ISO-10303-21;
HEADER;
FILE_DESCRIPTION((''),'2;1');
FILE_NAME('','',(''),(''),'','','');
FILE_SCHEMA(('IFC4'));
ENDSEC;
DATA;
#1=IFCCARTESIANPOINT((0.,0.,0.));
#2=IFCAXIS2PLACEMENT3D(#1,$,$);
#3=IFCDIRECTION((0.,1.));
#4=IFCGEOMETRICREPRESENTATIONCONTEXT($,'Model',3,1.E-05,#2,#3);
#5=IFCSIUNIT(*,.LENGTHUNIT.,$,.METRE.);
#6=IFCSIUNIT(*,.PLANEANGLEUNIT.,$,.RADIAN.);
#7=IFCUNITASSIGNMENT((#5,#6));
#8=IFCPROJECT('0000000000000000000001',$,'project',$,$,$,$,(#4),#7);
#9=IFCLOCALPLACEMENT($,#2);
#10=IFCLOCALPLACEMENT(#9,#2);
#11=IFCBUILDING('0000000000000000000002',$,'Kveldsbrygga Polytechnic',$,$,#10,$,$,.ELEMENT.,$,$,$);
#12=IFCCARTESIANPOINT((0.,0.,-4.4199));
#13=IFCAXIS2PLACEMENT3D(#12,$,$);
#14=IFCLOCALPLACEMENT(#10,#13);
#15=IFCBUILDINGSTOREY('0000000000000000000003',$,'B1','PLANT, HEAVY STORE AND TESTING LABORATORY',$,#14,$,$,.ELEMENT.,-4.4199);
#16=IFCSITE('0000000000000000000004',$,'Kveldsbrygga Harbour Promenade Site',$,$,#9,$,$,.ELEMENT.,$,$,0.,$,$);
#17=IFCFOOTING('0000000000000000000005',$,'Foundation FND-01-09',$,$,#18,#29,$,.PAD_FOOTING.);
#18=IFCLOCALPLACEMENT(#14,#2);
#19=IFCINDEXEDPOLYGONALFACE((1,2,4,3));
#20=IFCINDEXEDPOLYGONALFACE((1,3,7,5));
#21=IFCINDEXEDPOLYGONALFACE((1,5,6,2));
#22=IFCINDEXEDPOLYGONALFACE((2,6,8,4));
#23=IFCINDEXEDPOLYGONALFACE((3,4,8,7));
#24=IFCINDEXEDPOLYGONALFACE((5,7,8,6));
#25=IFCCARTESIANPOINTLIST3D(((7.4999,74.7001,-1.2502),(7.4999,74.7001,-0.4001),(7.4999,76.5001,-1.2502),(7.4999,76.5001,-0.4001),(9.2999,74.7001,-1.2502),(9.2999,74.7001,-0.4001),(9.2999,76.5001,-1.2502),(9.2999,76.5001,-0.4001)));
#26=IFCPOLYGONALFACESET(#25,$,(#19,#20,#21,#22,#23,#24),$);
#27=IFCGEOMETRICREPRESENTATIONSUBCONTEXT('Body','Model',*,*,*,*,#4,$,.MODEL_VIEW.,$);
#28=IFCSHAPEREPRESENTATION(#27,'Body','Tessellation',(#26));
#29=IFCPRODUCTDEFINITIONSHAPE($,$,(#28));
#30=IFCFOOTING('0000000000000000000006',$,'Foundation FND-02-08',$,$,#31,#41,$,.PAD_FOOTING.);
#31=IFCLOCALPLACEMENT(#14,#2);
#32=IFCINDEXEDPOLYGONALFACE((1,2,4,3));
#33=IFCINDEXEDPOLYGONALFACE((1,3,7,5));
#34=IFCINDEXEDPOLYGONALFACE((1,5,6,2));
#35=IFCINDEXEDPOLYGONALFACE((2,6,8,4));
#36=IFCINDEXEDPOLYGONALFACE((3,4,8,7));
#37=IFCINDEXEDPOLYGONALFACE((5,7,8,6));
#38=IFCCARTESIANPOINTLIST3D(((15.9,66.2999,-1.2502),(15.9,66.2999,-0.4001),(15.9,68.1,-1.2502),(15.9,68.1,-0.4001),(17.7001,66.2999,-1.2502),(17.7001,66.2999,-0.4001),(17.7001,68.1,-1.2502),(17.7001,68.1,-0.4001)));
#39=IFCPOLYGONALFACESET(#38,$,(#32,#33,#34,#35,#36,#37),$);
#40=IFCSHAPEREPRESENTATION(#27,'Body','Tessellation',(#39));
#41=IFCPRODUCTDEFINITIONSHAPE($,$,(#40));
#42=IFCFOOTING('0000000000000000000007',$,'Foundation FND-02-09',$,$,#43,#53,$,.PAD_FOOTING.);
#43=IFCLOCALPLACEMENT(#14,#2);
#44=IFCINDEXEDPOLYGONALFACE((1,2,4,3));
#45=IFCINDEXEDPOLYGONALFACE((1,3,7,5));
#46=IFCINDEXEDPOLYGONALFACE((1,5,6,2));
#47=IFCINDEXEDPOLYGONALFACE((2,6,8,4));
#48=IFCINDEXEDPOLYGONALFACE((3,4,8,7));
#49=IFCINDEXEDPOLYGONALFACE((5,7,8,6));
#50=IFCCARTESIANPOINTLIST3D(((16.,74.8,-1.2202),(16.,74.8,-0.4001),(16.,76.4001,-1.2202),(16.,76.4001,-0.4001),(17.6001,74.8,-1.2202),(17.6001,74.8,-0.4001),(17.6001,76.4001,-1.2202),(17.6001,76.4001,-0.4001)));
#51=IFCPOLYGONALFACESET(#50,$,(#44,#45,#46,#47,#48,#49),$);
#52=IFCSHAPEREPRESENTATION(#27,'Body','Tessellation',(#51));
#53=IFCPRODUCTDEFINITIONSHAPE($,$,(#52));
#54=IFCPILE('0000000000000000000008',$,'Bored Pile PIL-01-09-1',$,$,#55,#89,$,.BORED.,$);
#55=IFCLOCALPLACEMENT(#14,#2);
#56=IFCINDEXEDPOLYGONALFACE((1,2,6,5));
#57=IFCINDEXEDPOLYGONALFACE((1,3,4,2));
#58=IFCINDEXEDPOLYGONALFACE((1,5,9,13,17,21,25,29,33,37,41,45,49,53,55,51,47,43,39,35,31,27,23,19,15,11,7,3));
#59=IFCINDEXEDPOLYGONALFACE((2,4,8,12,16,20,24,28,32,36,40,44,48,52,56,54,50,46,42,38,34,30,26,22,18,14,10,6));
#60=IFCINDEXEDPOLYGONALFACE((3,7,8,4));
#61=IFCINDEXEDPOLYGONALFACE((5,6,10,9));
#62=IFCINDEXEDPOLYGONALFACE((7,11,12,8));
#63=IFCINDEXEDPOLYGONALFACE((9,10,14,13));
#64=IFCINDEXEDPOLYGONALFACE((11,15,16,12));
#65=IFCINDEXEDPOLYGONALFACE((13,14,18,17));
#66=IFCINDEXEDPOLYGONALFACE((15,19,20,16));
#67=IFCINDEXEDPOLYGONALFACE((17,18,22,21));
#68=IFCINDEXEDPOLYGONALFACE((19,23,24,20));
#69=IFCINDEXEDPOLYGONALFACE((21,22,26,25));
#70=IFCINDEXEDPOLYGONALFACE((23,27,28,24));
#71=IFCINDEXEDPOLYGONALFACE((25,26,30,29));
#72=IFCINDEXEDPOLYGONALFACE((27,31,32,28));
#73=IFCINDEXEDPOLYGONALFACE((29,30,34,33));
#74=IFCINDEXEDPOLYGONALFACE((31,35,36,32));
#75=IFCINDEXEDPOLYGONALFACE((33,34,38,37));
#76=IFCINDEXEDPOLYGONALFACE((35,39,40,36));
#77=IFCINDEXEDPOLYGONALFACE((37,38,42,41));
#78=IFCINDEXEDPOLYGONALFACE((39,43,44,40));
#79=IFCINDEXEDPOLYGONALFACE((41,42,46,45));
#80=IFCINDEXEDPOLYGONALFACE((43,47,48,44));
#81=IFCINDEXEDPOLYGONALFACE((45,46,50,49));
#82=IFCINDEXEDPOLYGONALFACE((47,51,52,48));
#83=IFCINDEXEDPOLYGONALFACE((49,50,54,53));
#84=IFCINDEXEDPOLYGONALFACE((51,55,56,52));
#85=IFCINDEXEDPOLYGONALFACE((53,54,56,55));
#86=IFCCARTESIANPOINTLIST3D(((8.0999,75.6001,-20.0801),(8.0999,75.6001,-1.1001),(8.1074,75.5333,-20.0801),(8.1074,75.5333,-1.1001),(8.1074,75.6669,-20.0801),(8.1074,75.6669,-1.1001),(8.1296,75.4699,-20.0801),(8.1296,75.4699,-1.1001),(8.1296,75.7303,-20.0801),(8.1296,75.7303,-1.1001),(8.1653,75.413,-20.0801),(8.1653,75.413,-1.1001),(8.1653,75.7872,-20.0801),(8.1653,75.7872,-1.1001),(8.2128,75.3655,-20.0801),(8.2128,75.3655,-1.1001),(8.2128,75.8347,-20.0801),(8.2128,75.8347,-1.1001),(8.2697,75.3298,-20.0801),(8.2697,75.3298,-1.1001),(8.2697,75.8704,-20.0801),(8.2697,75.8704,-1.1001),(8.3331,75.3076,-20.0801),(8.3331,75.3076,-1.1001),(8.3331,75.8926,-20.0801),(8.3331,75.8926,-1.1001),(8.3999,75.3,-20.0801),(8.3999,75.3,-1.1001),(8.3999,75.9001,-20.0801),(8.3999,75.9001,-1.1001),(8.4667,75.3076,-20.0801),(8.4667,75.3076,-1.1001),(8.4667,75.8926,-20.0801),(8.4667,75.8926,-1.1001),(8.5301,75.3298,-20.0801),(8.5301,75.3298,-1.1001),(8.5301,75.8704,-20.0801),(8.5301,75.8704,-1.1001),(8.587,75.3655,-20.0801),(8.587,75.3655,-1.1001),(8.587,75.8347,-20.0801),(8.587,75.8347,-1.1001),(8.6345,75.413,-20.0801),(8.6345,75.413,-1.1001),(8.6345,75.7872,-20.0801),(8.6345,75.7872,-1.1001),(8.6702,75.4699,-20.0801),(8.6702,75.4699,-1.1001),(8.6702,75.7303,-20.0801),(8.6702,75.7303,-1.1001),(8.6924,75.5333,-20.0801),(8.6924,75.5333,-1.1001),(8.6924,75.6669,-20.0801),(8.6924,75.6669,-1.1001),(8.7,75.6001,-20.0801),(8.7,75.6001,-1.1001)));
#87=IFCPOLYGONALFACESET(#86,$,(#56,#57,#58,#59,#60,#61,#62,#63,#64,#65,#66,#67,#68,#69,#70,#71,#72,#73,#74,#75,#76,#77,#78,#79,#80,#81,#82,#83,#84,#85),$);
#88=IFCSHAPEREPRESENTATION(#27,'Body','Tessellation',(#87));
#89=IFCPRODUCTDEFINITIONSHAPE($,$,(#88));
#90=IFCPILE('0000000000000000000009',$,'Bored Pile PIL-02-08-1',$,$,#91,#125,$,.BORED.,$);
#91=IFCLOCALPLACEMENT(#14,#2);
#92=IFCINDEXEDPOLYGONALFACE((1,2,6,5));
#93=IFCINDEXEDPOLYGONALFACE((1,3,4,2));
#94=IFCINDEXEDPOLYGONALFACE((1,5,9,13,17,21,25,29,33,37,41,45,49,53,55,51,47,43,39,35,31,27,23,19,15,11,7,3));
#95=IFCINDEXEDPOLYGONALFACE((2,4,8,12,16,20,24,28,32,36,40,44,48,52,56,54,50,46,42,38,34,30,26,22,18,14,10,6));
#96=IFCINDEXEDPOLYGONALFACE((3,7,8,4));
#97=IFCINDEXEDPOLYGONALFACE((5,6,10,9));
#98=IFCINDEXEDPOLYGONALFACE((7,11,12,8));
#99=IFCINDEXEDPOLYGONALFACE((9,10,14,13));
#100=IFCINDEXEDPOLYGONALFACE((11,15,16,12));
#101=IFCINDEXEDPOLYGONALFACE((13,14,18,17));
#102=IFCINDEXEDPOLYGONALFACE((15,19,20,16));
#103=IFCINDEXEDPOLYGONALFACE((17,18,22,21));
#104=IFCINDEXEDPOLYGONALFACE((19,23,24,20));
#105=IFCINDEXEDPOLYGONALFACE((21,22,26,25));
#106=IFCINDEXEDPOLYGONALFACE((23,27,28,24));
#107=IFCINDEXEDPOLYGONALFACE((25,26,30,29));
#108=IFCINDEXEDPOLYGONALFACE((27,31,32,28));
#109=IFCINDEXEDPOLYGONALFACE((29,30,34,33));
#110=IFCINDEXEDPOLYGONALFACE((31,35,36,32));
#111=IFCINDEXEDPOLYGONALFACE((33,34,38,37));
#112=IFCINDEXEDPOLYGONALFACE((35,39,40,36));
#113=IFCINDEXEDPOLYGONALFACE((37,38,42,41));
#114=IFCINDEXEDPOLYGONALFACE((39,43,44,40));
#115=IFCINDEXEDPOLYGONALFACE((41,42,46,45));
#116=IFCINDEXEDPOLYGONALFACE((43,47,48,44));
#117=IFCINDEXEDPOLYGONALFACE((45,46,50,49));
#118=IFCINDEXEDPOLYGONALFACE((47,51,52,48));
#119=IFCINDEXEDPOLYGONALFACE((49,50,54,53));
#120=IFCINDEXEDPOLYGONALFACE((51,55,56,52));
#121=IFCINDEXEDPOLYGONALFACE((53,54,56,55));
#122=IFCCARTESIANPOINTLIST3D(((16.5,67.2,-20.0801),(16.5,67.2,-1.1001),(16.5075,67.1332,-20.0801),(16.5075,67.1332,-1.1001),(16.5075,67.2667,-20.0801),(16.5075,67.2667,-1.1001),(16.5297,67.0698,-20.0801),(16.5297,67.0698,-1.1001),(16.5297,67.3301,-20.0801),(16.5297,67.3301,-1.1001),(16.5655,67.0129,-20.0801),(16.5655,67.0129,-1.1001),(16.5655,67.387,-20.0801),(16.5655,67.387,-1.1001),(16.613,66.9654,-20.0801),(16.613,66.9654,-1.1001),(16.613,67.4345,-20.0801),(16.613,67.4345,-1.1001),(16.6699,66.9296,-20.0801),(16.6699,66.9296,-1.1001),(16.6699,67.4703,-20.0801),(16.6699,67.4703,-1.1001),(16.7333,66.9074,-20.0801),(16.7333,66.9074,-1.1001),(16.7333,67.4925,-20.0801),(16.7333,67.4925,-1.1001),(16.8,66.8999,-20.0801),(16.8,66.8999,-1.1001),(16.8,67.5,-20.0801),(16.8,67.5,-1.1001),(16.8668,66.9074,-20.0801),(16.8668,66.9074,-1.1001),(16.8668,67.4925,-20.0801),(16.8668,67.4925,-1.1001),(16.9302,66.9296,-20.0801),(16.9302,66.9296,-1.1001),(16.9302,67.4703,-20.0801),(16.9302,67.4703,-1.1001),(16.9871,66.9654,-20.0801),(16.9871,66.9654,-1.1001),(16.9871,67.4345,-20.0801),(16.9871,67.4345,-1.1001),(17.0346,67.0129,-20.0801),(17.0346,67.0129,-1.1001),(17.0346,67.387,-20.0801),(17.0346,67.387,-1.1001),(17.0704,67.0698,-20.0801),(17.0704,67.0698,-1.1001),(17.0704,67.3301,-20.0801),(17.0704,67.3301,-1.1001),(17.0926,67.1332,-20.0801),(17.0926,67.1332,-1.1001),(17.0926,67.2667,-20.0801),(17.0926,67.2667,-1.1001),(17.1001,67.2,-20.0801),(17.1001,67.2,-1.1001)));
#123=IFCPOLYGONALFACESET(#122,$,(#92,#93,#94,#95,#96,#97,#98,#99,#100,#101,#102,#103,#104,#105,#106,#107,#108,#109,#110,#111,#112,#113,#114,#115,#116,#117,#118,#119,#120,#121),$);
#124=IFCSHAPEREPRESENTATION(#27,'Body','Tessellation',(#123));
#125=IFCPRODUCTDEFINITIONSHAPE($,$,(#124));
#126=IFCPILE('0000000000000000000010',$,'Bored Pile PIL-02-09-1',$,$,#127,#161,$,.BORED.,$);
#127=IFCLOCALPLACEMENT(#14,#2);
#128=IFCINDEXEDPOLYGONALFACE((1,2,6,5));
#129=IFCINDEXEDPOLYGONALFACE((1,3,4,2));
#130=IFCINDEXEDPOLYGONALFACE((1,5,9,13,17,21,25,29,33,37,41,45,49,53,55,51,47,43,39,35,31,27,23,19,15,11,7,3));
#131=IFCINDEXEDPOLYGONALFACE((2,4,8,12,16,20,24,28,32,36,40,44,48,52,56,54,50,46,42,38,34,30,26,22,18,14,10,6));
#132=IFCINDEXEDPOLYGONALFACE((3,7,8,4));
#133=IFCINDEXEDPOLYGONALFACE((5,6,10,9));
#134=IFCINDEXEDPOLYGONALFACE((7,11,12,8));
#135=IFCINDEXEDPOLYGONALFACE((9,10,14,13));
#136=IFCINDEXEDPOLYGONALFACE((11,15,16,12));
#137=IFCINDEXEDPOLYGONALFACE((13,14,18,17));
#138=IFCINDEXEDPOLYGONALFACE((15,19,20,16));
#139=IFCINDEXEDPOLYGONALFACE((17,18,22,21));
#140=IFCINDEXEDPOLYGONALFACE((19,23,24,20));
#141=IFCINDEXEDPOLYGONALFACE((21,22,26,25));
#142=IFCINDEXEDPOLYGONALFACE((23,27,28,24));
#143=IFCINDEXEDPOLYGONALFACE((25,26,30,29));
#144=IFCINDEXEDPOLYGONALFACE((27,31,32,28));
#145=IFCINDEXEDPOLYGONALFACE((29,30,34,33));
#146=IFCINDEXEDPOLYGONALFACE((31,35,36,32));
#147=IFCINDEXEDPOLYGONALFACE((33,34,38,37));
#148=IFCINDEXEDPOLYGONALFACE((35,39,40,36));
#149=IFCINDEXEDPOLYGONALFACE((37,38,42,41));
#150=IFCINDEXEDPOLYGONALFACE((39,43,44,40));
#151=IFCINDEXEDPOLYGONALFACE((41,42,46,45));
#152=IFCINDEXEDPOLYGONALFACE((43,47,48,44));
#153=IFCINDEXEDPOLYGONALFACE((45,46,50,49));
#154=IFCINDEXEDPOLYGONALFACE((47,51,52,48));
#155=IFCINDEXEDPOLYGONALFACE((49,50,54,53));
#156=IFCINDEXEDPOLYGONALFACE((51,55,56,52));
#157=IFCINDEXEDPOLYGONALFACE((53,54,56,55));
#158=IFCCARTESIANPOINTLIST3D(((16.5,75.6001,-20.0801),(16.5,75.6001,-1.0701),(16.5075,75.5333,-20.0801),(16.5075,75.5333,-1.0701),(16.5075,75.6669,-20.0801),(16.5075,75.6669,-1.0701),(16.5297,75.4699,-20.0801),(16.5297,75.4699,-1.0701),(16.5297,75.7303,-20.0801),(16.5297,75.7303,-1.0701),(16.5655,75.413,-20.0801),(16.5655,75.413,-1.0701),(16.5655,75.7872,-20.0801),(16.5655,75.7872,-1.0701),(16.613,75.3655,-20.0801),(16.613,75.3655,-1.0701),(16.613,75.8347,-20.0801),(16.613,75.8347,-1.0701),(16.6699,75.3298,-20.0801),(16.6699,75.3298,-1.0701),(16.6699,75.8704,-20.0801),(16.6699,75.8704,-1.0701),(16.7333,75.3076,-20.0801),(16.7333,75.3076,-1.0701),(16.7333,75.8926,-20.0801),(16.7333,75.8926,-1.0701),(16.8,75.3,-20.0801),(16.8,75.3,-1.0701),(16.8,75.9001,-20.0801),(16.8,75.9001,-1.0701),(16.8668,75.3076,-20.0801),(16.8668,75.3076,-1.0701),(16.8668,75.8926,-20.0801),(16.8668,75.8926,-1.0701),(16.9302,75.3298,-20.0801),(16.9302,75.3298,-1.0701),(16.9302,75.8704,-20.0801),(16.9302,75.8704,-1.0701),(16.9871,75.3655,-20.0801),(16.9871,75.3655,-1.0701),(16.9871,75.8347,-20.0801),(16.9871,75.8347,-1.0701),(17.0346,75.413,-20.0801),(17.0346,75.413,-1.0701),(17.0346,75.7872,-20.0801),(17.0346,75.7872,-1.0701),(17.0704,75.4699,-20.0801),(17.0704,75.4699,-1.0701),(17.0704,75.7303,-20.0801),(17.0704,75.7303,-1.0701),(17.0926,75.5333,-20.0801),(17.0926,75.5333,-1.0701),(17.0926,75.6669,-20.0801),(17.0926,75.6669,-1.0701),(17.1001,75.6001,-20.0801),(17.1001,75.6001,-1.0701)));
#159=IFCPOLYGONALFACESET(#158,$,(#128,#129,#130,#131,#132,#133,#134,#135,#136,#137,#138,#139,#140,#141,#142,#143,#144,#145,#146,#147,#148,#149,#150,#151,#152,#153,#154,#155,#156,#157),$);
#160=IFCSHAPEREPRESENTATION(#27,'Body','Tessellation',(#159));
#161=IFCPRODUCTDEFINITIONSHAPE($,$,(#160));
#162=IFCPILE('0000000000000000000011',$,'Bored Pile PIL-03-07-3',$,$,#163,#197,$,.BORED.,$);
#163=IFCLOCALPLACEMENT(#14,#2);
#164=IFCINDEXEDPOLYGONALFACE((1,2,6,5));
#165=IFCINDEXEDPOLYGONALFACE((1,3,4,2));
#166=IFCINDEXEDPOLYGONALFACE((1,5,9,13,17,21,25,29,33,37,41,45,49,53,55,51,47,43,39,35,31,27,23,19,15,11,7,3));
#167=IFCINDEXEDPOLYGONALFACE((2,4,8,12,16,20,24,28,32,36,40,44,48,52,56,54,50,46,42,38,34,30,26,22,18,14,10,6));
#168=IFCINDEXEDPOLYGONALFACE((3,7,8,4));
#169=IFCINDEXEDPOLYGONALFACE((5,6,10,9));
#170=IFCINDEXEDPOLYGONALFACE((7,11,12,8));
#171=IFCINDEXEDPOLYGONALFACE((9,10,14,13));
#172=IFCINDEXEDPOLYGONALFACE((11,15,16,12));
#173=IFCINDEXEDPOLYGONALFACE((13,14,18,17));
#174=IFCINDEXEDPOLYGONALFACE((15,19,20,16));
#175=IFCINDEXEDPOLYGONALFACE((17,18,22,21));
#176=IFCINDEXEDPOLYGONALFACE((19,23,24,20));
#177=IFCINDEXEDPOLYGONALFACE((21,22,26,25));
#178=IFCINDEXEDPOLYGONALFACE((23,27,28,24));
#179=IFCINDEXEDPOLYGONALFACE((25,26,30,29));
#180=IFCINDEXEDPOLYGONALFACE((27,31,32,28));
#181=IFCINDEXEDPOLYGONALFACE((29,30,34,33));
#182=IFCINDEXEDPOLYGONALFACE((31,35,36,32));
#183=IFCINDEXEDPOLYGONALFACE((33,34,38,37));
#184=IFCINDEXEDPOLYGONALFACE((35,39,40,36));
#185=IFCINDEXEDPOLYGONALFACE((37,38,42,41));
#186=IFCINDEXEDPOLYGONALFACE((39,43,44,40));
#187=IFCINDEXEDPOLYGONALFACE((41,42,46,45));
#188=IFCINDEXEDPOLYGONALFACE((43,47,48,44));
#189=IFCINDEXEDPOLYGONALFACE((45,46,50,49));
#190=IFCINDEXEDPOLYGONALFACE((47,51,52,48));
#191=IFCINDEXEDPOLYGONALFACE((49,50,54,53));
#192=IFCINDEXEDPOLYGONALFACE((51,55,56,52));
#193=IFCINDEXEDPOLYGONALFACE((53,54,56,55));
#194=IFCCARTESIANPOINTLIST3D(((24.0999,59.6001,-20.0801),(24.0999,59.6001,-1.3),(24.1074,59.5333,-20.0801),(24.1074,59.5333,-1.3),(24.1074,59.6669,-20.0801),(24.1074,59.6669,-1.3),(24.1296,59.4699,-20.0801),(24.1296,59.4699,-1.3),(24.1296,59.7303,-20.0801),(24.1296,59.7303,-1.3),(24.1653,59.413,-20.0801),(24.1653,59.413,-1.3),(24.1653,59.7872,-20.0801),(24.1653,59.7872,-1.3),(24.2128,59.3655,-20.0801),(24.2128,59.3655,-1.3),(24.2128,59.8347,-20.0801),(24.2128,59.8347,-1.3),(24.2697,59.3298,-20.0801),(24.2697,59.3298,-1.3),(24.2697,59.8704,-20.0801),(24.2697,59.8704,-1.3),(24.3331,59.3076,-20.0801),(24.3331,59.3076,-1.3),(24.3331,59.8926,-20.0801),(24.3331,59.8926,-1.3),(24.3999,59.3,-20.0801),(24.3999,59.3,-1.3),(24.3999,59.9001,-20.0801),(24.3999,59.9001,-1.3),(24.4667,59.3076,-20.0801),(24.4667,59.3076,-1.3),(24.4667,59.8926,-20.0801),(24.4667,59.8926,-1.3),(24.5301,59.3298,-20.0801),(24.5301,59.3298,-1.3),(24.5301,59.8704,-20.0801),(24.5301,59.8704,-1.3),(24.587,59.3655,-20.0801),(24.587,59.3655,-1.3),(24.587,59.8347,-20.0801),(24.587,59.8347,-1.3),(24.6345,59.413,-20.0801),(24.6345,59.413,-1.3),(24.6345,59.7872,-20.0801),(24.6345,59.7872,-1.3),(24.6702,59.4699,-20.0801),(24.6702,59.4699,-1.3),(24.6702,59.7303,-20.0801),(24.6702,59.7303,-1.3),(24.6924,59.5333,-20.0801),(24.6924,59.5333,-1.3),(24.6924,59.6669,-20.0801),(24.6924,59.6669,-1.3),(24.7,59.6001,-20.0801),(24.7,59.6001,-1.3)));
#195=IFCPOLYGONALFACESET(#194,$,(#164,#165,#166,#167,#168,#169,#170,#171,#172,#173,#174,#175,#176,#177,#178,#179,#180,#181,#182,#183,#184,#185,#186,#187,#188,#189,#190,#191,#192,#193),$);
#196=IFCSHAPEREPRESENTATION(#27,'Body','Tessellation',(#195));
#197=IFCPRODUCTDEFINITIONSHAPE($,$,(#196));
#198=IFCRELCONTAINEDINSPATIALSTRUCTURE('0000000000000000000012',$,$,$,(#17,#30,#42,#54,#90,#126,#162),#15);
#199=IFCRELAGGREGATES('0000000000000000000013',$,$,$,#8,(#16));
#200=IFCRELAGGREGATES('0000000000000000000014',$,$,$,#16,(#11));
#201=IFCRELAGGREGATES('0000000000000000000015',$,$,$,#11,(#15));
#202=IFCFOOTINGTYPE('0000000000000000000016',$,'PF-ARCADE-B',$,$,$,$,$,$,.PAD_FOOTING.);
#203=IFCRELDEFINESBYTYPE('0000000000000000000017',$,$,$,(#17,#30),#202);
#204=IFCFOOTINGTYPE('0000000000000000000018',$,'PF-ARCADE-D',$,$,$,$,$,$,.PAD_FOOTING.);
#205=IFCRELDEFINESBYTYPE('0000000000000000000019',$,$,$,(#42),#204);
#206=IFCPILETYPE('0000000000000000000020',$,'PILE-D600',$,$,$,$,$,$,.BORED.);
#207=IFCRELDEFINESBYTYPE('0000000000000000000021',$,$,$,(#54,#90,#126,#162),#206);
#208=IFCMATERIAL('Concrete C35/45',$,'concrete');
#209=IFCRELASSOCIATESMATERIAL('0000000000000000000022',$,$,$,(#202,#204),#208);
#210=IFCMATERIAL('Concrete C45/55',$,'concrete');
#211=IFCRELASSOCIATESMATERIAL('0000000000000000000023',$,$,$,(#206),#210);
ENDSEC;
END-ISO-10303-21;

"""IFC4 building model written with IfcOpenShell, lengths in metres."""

from ifc_helpers import new_model, si_unit, direction, frame, origin, origin_2d, place, context, subcontext, project, spatial, rectangle, circle, extrude, material, material_profile, profile_set, type_object, element, save


model = new_model("IFC4")

# Units and contexts
model_context = context("Model", 3, precision=1e-05, world=origin(), true_north=direction((0.0, 1.0)))
body_context = subcontext(model_context, "Body", "Model", "MODEL_VIEW")
ifc_project = project(units=[si_unit("LENGTHUNIT", "METRE"), si_unit("PLANEANGLEUNIT", "RADIAN")], contexts=[model_context])

# Site, building, storey
site_placement = place(None, origin())
site = spatial("IfcSite", under=ifc_project, at=site_placement, Name="Kveldsbrygga Harbour Promenade Site", CompositionType="ELEMENT", RefElevation=0.0)
building_placement = place(site_placement, origin())
building = spatial("IfcBuilding", under=site, at=building_placement, Name="Kveldsbrygga Polytechnic", CompositionType="ELEMENT")
storey_placement = place(building_placement, frame((0.0, 0.0, -4.4199)))
storey = spatial("IfcBuildingStorey", under=building, at=storey_placement, Name="B1", Description="PLANT, HEAVY STORE AND TESTING LABORATORY", CompositionType="ELEMENT", Elevation=-4.4199)

# Footings
ifc_material_1 = material(Name="Concrete C35/45", Category="concrete")
footing_type_1 = type_object("IfcFootingType", Name="PF-ARCADE-B", PredefinedType="PAD_FOOTING", material=ifc_material_1)
for number, where, z_axis, x_axis, name in (
    (1, (8.3999, 75.6001, -1.2502), (0.0, 0.0, 1.0), (1.0, 0.0, 0.0), "Foundation FND-01-09"),
    (2, (16.8, 67.2, -1.2502), (0.0, 0.0, 1.0), (1.0, 0.0, 0.0), "Foundation FND-02-08"),
):
    element("IfcFooting", number, at=place(storey_placement, frame(where, z_axis=z_axis, x_axis=x_axis)), inside=storey, type_object=footing_type_1, Name=name, PredefinedType="PAD_FOOTING", context=body_context, shape_type="SweptSolid", body=[
        extrude(rectangle(XDim=1.8, YDim=1.8, at=origin_2d()), origin(), (0.0, 0.0, 1.0), 0.8501),
    ])
footing_type_2 = type_object("IfcFootingType", Name="PF-ARCADE-D", PredefinedType="PAD_FOOTING", material=ifc_material_1)
footing_placement = place(storey_placement, frame((16.8, 75.6001, -1.2202), z_axis=(0.0, 0.0, 1.0), x_axis=(1.0, 0.0, 0.0)))
element("IfcFooting", 3, at=footing_placement, inside=storey, type_object=footing_type_2, Name="Foundation FND-02-09", PredefinedType="PAD_FOOTING", context=body_context, shape_type="SweptSolid", body=[
    extrude(rectangle(XDim=1.6001, YDim=1.6001, at=origin_2d()), origin(), (0.0, 0.0, 1.0), 0.8201),
])

# Piles
ifc_material_2 = material(Name="Concrete C45/55", Category="concrete")
ifc_material_profile_1 = material_profile(ifc_material_2, circle(Radius=0.3, at=origin_2d()), Name="PILE D600")
ifc_profile_set_1 = profile_set([ifc_material_profile_1], Name="Concrete C45/55")
pile_type = type_object("IfcPileType", Name="PILE-D600", PredefinedType="BORED", material=ifc_profile_set_1)
for number, where, z_axis, x_axis, name in (
    (4, (8.3999, 75.6001, -1.1001), (0.0, 0.0, -1.0), (1.0, 0.0, 0.0), "Bored Pile PIL-01-09-1"),
    (5, (16.8, 67.2, -1.1001), (0.0, 0.0, -1.0), (1.0, 0.0, 0.0), "Bored Pile PIL-02-08-1"),
):
    element("IfcPile", number, at=place(storey_placement, frame(where, z_axis=z_axis, x_axis=x_axis)), inside=storey, type_object=pile_type, Name=name, PredefinedType="BORED", context=body_context, shape_type="SweptSolid", body=[
        extrude(circle(Radius=0.3, at=origin_2d()), origin(), (0.0, 0.0, 1.0), 18.98),
    ])
pile_placement = place(storey_placement, frame((16.8, 75.6001, -1.0701), z_axis=(0.0, 0.0, -1.0), x_axis=(1.0, 0.0, 0.0)))
element("IfcPile", 6, at=pile_placement, inside=storey, type_object=pile_type, Name="Bored Pile PIL-02-09-1", PredefinedType="BORED", context=body_context, shape_type="SweptSolid", body=[
    extrude(circle(Radius=0.3, at=origin_2d()), origin(), (0.0, 0.0, 1.0), 19.01),
])
for number, where, z_axis, x_axis, name in (
    (7, (24.3999, 59.6001, -1.3), (0.0, 0.0, -1.0), (1.0, 0.0, 0.0), "Bored Pile PIL-03-07-3"),
):
    element("IfcPile", number, at=place(storey_placement, frame(where, z_axis=z_axis, x_axis=x_axis)), inside=storey, type_object=pile_type, Name=name, PredefinedType="BORED", context=body_context, shape_type="SweptSolid", body=[
        extrude(circle(Radius=0.3, at=origin_2d()), origin(), (0.0, 0.0, 1.0), 18.78),
    ])

save(model, "model.ifc")
